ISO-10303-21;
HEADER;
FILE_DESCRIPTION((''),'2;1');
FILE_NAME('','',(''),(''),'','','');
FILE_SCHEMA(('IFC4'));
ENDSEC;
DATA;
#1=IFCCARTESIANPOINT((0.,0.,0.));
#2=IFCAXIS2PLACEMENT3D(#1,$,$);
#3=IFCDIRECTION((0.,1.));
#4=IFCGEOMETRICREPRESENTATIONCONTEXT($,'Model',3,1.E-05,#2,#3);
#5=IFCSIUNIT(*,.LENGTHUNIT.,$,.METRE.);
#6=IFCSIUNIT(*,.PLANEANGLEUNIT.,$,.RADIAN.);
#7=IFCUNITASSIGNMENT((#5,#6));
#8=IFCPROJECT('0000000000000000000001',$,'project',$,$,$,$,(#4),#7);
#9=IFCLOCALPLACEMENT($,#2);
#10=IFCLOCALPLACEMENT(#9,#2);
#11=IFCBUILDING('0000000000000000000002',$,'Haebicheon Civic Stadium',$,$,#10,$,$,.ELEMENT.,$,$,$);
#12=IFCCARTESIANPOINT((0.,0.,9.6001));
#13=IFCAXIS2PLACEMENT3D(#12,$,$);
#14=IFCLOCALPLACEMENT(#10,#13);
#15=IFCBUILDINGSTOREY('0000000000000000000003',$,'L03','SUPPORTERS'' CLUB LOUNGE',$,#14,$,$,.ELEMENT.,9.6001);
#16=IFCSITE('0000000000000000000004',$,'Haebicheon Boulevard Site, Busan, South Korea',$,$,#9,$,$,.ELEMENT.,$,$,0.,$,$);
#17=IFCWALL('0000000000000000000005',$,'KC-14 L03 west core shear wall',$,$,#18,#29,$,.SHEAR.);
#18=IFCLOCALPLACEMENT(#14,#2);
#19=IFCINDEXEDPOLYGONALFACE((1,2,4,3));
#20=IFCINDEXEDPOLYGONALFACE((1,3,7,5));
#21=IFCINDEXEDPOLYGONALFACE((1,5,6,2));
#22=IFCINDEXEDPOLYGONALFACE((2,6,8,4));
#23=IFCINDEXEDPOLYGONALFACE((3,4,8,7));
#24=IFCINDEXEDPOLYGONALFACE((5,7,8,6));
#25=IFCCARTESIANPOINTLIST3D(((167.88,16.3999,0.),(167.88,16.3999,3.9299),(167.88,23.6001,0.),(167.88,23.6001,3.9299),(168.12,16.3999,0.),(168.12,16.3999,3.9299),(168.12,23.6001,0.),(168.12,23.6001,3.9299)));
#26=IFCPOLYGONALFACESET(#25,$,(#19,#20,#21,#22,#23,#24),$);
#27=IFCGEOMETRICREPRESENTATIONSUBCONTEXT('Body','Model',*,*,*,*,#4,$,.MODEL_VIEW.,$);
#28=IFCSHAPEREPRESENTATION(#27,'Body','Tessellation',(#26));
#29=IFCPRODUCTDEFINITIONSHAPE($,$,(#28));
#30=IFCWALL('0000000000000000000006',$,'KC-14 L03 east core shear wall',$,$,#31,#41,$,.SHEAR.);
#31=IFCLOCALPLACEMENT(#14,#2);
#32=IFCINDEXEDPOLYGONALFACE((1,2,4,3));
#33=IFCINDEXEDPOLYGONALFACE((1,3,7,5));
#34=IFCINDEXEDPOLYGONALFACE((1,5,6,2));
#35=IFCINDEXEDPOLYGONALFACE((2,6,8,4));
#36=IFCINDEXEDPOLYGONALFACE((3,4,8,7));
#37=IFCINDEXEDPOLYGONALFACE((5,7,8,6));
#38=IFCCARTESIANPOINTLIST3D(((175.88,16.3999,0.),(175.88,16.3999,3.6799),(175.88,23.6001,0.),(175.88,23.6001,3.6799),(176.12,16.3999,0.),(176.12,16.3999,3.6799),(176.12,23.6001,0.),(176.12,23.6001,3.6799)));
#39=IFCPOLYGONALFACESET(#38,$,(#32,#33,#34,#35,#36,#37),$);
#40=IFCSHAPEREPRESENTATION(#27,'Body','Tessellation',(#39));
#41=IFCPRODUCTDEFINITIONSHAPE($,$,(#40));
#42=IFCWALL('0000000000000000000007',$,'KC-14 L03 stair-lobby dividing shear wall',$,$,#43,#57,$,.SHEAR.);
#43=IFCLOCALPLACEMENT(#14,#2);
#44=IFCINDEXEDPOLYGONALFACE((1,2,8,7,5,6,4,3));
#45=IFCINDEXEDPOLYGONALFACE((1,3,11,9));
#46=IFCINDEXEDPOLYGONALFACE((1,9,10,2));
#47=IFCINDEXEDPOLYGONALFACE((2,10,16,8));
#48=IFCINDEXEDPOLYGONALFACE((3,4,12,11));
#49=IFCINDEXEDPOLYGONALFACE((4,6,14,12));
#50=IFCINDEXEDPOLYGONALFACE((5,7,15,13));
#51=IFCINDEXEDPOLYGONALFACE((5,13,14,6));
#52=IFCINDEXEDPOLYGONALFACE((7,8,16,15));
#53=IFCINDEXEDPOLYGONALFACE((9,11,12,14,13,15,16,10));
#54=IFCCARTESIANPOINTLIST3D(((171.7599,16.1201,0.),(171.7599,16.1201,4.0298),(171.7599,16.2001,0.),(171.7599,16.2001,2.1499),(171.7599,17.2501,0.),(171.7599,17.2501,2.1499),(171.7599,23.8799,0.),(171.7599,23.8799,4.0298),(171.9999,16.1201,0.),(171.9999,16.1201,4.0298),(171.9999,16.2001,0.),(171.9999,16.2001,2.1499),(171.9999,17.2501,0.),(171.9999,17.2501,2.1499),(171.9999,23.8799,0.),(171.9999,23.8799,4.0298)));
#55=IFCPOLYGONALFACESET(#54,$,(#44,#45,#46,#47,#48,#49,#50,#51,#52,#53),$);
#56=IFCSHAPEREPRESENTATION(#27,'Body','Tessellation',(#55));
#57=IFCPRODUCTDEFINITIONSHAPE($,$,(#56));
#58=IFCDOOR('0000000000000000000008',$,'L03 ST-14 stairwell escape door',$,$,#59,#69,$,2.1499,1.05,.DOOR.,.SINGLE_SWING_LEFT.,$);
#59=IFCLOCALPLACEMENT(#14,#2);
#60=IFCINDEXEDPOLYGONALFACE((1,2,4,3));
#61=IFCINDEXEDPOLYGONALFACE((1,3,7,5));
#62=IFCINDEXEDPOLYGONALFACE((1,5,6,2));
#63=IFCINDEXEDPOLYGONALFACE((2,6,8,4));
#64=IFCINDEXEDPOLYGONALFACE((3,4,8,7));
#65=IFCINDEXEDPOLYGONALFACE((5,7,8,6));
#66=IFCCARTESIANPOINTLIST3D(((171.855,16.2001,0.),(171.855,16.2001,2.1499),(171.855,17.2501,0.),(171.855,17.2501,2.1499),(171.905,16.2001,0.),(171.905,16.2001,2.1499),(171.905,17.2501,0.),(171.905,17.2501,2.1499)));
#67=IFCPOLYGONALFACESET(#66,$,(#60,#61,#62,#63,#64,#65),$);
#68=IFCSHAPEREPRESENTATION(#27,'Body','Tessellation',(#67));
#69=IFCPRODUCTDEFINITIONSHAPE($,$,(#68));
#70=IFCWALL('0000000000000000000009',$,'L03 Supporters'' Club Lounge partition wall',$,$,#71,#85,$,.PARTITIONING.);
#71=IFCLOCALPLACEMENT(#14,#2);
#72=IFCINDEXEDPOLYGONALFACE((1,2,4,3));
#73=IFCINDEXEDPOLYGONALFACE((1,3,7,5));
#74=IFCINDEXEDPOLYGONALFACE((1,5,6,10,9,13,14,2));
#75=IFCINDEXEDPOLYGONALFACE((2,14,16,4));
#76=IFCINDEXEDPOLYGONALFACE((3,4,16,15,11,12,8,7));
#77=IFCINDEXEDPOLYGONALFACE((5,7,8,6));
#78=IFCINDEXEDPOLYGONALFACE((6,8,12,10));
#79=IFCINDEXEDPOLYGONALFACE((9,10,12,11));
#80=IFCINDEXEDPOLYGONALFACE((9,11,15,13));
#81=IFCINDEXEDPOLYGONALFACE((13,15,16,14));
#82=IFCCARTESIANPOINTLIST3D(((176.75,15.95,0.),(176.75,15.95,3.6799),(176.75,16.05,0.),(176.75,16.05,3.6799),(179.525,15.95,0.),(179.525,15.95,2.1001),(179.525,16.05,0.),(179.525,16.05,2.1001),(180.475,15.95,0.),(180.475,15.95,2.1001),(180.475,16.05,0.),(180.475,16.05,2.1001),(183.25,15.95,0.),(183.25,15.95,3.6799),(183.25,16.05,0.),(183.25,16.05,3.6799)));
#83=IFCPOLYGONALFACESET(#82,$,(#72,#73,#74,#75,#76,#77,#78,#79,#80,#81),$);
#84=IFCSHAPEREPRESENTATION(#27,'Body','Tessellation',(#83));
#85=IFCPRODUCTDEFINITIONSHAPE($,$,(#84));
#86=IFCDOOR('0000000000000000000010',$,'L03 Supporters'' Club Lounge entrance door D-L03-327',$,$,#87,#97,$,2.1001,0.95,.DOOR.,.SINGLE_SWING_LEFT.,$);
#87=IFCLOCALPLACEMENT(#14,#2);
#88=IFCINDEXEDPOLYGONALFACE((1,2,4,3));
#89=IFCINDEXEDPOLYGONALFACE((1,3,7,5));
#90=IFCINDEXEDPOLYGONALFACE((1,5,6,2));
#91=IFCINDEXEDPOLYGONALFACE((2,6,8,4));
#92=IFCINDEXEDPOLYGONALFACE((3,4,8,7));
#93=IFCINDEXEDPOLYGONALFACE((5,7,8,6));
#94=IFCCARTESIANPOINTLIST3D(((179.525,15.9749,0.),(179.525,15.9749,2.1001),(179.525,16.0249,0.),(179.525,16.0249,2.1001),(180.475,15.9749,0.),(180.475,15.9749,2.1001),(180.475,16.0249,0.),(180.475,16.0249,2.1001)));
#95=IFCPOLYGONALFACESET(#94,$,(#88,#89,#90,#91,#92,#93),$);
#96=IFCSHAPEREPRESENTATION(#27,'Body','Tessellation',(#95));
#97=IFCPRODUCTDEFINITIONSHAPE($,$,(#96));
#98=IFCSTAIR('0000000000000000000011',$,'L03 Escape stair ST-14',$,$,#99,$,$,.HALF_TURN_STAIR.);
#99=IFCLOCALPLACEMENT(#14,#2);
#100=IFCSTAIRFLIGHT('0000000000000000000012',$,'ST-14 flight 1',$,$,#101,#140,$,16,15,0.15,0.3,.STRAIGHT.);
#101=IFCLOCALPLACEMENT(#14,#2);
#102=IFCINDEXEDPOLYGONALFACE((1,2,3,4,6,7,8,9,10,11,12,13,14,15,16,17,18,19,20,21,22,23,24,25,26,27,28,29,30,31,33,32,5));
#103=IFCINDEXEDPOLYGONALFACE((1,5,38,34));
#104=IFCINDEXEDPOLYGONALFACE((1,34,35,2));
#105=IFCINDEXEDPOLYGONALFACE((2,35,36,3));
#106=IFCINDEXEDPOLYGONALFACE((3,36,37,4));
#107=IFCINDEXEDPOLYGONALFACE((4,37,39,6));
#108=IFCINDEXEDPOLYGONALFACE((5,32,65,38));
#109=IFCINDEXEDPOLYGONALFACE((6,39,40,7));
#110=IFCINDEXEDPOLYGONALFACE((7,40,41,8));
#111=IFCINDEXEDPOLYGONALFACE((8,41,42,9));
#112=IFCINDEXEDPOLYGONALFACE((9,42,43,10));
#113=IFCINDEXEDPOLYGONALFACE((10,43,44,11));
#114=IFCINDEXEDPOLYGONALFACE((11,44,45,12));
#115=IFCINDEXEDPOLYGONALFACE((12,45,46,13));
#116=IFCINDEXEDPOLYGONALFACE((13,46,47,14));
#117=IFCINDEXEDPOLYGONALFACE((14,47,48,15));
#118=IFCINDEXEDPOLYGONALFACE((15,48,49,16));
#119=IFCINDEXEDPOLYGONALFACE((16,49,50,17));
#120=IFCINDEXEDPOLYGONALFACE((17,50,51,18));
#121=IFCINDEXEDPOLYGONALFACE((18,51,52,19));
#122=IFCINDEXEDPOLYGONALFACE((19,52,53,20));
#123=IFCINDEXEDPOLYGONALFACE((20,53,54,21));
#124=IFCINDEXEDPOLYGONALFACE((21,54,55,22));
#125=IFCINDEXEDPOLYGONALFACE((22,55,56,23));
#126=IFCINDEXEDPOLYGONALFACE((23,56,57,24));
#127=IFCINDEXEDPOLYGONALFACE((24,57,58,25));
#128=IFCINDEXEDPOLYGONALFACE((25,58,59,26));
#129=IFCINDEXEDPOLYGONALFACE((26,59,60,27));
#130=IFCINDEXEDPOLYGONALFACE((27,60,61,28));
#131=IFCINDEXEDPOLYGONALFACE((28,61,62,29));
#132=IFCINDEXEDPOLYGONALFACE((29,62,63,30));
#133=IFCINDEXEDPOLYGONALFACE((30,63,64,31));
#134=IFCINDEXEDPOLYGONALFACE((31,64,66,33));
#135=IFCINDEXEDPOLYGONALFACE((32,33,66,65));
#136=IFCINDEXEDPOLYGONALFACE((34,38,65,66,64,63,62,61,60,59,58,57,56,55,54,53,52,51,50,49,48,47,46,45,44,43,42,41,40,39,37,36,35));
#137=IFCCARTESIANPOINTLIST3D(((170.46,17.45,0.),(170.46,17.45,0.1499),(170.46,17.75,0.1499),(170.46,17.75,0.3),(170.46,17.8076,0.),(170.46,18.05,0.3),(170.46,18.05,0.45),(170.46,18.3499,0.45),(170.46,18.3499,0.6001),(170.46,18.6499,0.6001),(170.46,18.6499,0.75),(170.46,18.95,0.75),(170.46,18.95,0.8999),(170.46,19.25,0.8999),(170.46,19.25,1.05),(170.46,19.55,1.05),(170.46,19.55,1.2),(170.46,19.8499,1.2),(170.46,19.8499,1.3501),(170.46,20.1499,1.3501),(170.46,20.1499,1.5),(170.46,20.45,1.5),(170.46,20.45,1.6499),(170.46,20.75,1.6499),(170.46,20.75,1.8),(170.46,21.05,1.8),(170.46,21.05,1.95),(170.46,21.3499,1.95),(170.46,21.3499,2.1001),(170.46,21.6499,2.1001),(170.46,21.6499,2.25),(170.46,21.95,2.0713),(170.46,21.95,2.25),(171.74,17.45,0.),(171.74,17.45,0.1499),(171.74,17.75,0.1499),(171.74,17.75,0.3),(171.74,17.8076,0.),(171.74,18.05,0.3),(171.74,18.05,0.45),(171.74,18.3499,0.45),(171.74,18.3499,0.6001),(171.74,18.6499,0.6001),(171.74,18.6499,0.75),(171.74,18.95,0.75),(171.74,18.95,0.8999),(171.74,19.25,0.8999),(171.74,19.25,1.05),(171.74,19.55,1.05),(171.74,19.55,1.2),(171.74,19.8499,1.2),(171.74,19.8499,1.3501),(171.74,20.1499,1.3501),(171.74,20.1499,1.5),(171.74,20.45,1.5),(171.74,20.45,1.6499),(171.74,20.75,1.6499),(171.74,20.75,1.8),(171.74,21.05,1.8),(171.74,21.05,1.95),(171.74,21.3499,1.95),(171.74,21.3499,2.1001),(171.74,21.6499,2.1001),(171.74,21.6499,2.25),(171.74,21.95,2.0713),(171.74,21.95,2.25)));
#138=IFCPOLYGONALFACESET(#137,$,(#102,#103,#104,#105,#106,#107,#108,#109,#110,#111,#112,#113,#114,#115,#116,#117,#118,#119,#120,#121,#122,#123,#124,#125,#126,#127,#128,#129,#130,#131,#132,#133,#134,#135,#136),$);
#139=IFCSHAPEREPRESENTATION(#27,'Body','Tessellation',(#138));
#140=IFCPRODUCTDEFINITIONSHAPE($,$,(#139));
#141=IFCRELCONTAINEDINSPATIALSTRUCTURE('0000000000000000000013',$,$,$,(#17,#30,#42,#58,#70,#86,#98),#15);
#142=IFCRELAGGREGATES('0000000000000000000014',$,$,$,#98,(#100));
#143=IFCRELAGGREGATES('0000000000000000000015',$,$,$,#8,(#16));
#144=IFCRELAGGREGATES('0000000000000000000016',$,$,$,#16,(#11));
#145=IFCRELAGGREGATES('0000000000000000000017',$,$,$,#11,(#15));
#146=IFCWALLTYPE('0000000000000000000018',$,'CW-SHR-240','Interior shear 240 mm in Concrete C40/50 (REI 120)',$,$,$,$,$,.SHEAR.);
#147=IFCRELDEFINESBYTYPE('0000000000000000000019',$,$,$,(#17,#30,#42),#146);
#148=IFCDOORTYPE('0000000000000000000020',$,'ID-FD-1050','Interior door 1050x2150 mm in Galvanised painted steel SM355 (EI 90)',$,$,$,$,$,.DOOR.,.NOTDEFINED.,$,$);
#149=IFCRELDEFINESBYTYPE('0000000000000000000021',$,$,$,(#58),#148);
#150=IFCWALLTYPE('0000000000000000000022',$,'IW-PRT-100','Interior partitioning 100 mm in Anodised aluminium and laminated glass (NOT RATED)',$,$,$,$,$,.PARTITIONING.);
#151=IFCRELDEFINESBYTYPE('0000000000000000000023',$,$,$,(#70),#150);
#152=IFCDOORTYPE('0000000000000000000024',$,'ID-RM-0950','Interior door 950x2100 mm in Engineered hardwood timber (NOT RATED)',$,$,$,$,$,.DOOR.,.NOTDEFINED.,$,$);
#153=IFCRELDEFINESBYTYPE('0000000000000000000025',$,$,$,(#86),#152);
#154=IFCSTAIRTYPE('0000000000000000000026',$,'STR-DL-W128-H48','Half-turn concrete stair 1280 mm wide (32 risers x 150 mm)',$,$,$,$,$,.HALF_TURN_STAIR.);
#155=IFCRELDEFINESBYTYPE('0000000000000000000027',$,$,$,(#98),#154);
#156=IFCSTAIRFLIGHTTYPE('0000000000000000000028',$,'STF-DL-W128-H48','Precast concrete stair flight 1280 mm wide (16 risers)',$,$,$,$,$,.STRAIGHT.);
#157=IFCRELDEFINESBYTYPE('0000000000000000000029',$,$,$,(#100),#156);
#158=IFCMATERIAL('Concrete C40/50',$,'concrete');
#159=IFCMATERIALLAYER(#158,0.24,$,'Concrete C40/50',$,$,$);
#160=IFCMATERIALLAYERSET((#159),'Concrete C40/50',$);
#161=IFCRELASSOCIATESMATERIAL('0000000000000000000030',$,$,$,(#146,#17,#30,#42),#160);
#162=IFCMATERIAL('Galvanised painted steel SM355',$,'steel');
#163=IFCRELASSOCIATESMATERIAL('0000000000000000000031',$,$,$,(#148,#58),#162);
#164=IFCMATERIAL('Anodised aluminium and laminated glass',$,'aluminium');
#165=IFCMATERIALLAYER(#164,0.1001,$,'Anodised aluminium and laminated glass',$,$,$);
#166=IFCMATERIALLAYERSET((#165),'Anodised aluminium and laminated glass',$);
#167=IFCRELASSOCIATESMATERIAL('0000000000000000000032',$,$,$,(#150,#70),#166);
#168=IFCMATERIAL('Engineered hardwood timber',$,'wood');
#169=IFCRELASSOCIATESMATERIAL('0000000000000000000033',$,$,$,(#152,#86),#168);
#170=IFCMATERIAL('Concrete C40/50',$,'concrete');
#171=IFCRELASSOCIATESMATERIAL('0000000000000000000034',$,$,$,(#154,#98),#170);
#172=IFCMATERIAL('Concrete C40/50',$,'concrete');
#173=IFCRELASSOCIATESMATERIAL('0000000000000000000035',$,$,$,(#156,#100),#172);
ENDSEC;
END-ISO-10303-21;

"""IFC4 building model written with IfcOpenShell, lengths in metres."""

from ifc_helpers import new_model, si_unit, direction, frame, frame_2d, origin, place, context, subcontext, project, spatial, polyline, rectangle, outline, extrude, material, layer, layer_set, type_object, element, fill, aggregate, save


model = new_model("IFC4")

# Units and contexts
model_context = context("Model", 3, precision=1e-05, world=origin(), true_north=direction((0.0, 1.0)))
body_context = subcontext(model_context, "Body", "Model", "MODEL_VIEW")
ifc_project = project(units=[si_unit("LENGTHUNIT", "METRE"), si_unit("PLANEANGLEUNIT", "RADIAN")], contexts=[model_context])

# Site, building, storey
site_placement = place(None, origin())
site = spatial("IfcSite", under=ifc_project, at=site_placement, Name="Haebicheon Boulevard Site, Busan, South Korea", CompositionType="ELEMENT", RefElevation=0.0)
building_placement = place(site_placement, origin())
building = spatial("IfcBuilding", under=site, at=building_placement, Name="Haebicheon Civic Stadium", CompositionType="ELEMENT")
storey_placement = place(building_placement, frame((0.0, 0.0, 9.6001)))
storey = spatial("IfcBuildingStorey", under=building, at=storey_placement, Name="L03", Description="SUPPORTERS' CLUB LOUNGE", CompositionType="ELEMENT", Elevation=9.6001)

# Walls
ifc_material_1 = material(Name="Concrete C40/50", Category="concrete")
ifc_layer_1 = layer(ifc_material_1, 0.24, Name="Concrete C40/50")
ifc_layer_set_1 = layer_set([ifc_layer_1], Name="Concrete C40/50")
wall_type_1 = type_object("IfcWallType", Name="CW-SHR-240", Description="Interior shear 240 mm in Concrete C40/50 (REI 120)", PredefinedType="SHEAR", material=ifc_layer_set_1)
wall_1_placement = place(storey_placement, frame((168.0, 16.3999, 0.0), z_axis=(0.0, 0.0, 1.0), x_axis=(0.0, 1.0, 0.0)))
element("IfcWall", 1, at=wall_1_placement, inside=storey, type_object=wall_type_1, material=ifc_layer_set_1, Name="KC-14 L03 west core shear wall", PredefinedType="SHEAR", context=body_context, shape_type="SweptSolid", body=[
    extrude(rectangle(XDim=7.2002, YDim=0.24, at=frame_2d((3.6001, 0.0))), origin(), (0.0, 0.0, 1.0), 3.9299),
])
wall_2_placement = place(storey_placement, frame((176.0, 16.3999, 0.0), z_axis=(0.0, 0.0, 1.0), x_axis=(0.0, 1.0, 0.0)))
element("IfcWall", 2, at=wall_2_placement, inside=storey, type_object=wall_type_1, material=ifc_layer_set_1, Name="KC-14 L03 east core shear wall", PredefinedType="SHEAR", context=body_context, shape_type="SweptSolid", body=[
    extrude(rectangle(XDim=7.2002, YDim=0.24, at=frame_2d((3.6001, 0.0))), origin(), (0.0, 0.0, 1.0), 3.6799),
])

# Walls, openings, doors
wall_3_placement = place(storey_placement, frame((171.8799, 16.1201, 0.0), z_axis=(0.0, 0.0, 1.0), x_axis=(0.0, 1.0, 0.0)))
wall_3 = element("IfcWall", 3, at=wall_3_placement, inside=storey, type_object=wall_type_1, material=ifc_layer_set_1, Name="KC-14 L03 stair-lobby dividing shear wall", PredefinedType="SHEAR", context=body_context, shape_type="SweptSolid", body=[
    extrude(rectangle(XDim=7.7598, YDim=0.24, at=frame_2d((3.8799, 0.0))), origin(), (0.0, 0.0, 1.0), 4.0298),
])
opening_1_placement = place(wall_3_placement, frame((0.0801, 0.0, 0.0)))
opening_1 = element("IfcOpeningElement", 4, at=opening_1_placement, cuts=wall_3, PredefinedType="OPENING", context=body_context, shape_type="SweptSolid", body=[
    extrude(rectangle(XDim=1.05, YDim=2.1499, at=frame_2d((0.5249, 1.075))), frame((0.0, 0.1299, 0.0), z_axis=(0.0, -1.0, 0.0), x_axis=(1.0, 0.0, 0.0)), (0.0, 0.0, 1.0), 0.26),
])
ifc_material_2 = material(Name="Galvanised painted steel SM355", Category="steel")
door_type_1 = type_object("IfcDoorType", Name="ID-FD-1050", Description="Interior door 1050x2150 mm in Galvanised painted steel SM355 (EI 90)", OperationType="NOTDEFINED", PredefinedType="DOOR", material=ifc_material_2)
door_1_placement = place(opening_1_placement, origin())
door_1 = element("IfcDoor", 5, at=door_1_placement, inside=storey, type_object=door_type_1, material=ifc_material_2, Name="L03 ST-14 stairwell escape door", OperationType="SINGLE_SWING_LEFT", OverallHeight=2.1499, OverallWidth=1.05, PredefinedType="DOOR", context=body_context, shape_type="SweptSolid", body=[
    extrude(rectangle(XDim=1.05, YDim=2.1499, at=frame_2d((0.5249, 1.075))), frame((0.0, 0.0249, 0.0), z_axis=(0.0, -1.0, 0.0), x_axis=(1.0, 0.0, 0.0)), (0.0, 0.0, 1.0), 0.05),
])
fill(opening_1, door_1)
ifc_material_3 = material(Name="Anodised aluminium and laminated glass", Category="aluminium")
ifc_layer_2 = layer(ifc_material_3, 0.1001, Name="Anodised aluminium and laminated glass")
ifc_layer_set_2 = layer_set([ifc_layer_2], Name="Anodised aluminium and laminated glass")
wall_type_2 = type_object("IfcWallType", Name="IW-PRT-100", Description="Interior partitioning 100 mm in Anodised aluminium and laminated glass (NOT RATED)", PredefinedType="PARTITIONING", material=ifc_layer_set_2)
wall_4_placement = place(storey_placement, frame((176.75, 16.0, 0.0), z_axis=(0.0, 0.0, 1.0), x_axis=(1.0, 0.0, 0.0)))
wall_4 = element("IfcWall", 6, at=wall_4_placement, inside=storey, type_object=wall_type_2, material=ifc_layer_set_2, Name="L03 Supporters' Club Lounge partition wall", PredefinedType="PARTITIONING", context=body_context, shape_type="SweptSolid", body=[
    extrude(rectangle(XDim=6.5, YDim=0.1001, at=frame_2d((3.25, 0.0))), origin(), (0.0, 0.0, 1.0), 3.6799),
])
opening_2_placement = place(wall_4_placement, frame((2.7749, 0.0, 0.0)))
opening_2 = element("IfcOpeningElement", 7, at=opening_2_placement, cuts=wall_4, PredefinedType="OPENING", context=body_context, shape_type="SweptSolid", body=[
    extrude(rectangle(XDim=0.95, YDim=2.1001, at=frame_2d((0.4751, 1.05))), frame((0.0, 0.0601, 0.0), z_axis=(0.0, -1.0, 0.0), x_axis=(1.0, 0.0, 0.0)), (0.0, 0.0, 1.0), 0.1201),
])
ifc_material_4 = material(Name="Engineered hardwood timber", Category="wood")
door_type_2 = type_object("IfcDoorType", Name="ID-RM-0950", Description="Interior door 950x2100 mm in Engineered hardwood timber (NOT RATED)", OperationType="NOTDEFINED", PredefinedType="DOOR", material=ifc_material_4)
door_2_placement = place(opening_2_placement, origin())
door_2 = element("IfcDoor", 8, at=door_2_placement, inside=storey, type_object=door_type_2, material=ifc_material_4, Name="L03 Supporters' Club Lounge entrance door D-L03-327", OperationType="SINGLE_SWING_LEFT", OverallHeight=2.1001, OverallWidth=0.95, PredefinedType="DOOR", context=body_context, shape_type="SweptSolid", body=[
    extrude(rectangle(XDim=0.95, YDim=2.1001, at=frame_2d((0.4751, 1.05))), frame((0.0, 0.0249, 0.0), z_axis=(0.0, -1.0, 0.0), x_axis=(1.0, 0.0, 0.0)), (0.0, 0.0, 1.0), 0.05),
])
fill(opening_2, door_2)

# Stair, stair flight
ifc_material_5 = material(Name="Concrete C40/50", Category="concrete")
stair_type = type_object("IfcStairType", Name="STR-DL-W128-H48", Description="Half-turn concrete stair 1280 mm wide (32 risers x 150 mm)", PredefinedType="HALF_TURN_STAIR", material=ifc_material_5)
stair_placement = place(storey_placement, origin())
stair = element("IfcStair", 9, at=stair_placement, inside=storey, type_object=stair_type, material=ifc_material_5, Name="L03 Escape stair ST-14", PredefinedType="HALF_TURN_STAIR")
ifc_material_6 = material(Name="Concrete C40/50", Category="concrete")
stair_flight_type = type_object("IfcStairFlightType", Name="STF-DL-W128-H48", Description="Precast concrete stair flight 1280 mm wide (16 risers)", PredefinedType="STRAIGHT", material=ifc_material_6)
stair_flight_1_placement = place(storey_placement, frame((171.1001, 17.45, 0.0), z_axis=(0.0, 0.0, 1.0), x_axis=(0.0, 1.0, 0.0)))
stair_flight_1 = element("IfcStairFlight", 10, at=stair_flight_1_placement, type_object=stair_flight_type, material=ifc_material_6, Name="ST-14 flight 1", NumberOfRisers=16, NumberOfTreads=15, PredefinedType="STRAIGHT", RiserHeight=0.15, TreadLength=0.3, context=body_context, shape_type="SweptSolid", body=[
    extrude(outline(polyline([(0.0, 0.0), (0.0, 0.1499), (0.3, 0.1499), (0.3, 0.3), (0.6001, 0.3), (0.6001, 0.45), (0.8999, 0.45), (0.8999, 0.6001), (1.2, 0.6001), (1.2, 0.75), (1.5, 0.75), (1.5, 0.8999), (1.8, 0.8999), (1.8, 1.05), (2.1001, 1.05), (2.1001, 1.2), (2.3999, 1.2), (2.3999, 1.3501), (2.7, 1.3501), (2.7, 1.5), (3.0, 1.5), (3.0, 1.6499), (3.3, 1.6499), (3.3, 1.8), (3.6001, 1.8), (3.6001, 1.95), (3.8999, 1.95), (3.8999, 2.1001), (4.2, 2.1001), (4.2, 2.25), (4.5, 2.25), (4.5, 2.3999), (4.5, 2.0713), (0.3577, 0.0), (0.0, 0.0)])), frame((0.0, 0.6401, 0.0), z_axis=(0.0, -1.0, 0.0), x_axis=(1.0, 0.0, 0.0)), (0.0, 0.0, 1.0), 1.28),
])
aggregate(stair, [stair_flight_1])

save(model, "model.ifc")
